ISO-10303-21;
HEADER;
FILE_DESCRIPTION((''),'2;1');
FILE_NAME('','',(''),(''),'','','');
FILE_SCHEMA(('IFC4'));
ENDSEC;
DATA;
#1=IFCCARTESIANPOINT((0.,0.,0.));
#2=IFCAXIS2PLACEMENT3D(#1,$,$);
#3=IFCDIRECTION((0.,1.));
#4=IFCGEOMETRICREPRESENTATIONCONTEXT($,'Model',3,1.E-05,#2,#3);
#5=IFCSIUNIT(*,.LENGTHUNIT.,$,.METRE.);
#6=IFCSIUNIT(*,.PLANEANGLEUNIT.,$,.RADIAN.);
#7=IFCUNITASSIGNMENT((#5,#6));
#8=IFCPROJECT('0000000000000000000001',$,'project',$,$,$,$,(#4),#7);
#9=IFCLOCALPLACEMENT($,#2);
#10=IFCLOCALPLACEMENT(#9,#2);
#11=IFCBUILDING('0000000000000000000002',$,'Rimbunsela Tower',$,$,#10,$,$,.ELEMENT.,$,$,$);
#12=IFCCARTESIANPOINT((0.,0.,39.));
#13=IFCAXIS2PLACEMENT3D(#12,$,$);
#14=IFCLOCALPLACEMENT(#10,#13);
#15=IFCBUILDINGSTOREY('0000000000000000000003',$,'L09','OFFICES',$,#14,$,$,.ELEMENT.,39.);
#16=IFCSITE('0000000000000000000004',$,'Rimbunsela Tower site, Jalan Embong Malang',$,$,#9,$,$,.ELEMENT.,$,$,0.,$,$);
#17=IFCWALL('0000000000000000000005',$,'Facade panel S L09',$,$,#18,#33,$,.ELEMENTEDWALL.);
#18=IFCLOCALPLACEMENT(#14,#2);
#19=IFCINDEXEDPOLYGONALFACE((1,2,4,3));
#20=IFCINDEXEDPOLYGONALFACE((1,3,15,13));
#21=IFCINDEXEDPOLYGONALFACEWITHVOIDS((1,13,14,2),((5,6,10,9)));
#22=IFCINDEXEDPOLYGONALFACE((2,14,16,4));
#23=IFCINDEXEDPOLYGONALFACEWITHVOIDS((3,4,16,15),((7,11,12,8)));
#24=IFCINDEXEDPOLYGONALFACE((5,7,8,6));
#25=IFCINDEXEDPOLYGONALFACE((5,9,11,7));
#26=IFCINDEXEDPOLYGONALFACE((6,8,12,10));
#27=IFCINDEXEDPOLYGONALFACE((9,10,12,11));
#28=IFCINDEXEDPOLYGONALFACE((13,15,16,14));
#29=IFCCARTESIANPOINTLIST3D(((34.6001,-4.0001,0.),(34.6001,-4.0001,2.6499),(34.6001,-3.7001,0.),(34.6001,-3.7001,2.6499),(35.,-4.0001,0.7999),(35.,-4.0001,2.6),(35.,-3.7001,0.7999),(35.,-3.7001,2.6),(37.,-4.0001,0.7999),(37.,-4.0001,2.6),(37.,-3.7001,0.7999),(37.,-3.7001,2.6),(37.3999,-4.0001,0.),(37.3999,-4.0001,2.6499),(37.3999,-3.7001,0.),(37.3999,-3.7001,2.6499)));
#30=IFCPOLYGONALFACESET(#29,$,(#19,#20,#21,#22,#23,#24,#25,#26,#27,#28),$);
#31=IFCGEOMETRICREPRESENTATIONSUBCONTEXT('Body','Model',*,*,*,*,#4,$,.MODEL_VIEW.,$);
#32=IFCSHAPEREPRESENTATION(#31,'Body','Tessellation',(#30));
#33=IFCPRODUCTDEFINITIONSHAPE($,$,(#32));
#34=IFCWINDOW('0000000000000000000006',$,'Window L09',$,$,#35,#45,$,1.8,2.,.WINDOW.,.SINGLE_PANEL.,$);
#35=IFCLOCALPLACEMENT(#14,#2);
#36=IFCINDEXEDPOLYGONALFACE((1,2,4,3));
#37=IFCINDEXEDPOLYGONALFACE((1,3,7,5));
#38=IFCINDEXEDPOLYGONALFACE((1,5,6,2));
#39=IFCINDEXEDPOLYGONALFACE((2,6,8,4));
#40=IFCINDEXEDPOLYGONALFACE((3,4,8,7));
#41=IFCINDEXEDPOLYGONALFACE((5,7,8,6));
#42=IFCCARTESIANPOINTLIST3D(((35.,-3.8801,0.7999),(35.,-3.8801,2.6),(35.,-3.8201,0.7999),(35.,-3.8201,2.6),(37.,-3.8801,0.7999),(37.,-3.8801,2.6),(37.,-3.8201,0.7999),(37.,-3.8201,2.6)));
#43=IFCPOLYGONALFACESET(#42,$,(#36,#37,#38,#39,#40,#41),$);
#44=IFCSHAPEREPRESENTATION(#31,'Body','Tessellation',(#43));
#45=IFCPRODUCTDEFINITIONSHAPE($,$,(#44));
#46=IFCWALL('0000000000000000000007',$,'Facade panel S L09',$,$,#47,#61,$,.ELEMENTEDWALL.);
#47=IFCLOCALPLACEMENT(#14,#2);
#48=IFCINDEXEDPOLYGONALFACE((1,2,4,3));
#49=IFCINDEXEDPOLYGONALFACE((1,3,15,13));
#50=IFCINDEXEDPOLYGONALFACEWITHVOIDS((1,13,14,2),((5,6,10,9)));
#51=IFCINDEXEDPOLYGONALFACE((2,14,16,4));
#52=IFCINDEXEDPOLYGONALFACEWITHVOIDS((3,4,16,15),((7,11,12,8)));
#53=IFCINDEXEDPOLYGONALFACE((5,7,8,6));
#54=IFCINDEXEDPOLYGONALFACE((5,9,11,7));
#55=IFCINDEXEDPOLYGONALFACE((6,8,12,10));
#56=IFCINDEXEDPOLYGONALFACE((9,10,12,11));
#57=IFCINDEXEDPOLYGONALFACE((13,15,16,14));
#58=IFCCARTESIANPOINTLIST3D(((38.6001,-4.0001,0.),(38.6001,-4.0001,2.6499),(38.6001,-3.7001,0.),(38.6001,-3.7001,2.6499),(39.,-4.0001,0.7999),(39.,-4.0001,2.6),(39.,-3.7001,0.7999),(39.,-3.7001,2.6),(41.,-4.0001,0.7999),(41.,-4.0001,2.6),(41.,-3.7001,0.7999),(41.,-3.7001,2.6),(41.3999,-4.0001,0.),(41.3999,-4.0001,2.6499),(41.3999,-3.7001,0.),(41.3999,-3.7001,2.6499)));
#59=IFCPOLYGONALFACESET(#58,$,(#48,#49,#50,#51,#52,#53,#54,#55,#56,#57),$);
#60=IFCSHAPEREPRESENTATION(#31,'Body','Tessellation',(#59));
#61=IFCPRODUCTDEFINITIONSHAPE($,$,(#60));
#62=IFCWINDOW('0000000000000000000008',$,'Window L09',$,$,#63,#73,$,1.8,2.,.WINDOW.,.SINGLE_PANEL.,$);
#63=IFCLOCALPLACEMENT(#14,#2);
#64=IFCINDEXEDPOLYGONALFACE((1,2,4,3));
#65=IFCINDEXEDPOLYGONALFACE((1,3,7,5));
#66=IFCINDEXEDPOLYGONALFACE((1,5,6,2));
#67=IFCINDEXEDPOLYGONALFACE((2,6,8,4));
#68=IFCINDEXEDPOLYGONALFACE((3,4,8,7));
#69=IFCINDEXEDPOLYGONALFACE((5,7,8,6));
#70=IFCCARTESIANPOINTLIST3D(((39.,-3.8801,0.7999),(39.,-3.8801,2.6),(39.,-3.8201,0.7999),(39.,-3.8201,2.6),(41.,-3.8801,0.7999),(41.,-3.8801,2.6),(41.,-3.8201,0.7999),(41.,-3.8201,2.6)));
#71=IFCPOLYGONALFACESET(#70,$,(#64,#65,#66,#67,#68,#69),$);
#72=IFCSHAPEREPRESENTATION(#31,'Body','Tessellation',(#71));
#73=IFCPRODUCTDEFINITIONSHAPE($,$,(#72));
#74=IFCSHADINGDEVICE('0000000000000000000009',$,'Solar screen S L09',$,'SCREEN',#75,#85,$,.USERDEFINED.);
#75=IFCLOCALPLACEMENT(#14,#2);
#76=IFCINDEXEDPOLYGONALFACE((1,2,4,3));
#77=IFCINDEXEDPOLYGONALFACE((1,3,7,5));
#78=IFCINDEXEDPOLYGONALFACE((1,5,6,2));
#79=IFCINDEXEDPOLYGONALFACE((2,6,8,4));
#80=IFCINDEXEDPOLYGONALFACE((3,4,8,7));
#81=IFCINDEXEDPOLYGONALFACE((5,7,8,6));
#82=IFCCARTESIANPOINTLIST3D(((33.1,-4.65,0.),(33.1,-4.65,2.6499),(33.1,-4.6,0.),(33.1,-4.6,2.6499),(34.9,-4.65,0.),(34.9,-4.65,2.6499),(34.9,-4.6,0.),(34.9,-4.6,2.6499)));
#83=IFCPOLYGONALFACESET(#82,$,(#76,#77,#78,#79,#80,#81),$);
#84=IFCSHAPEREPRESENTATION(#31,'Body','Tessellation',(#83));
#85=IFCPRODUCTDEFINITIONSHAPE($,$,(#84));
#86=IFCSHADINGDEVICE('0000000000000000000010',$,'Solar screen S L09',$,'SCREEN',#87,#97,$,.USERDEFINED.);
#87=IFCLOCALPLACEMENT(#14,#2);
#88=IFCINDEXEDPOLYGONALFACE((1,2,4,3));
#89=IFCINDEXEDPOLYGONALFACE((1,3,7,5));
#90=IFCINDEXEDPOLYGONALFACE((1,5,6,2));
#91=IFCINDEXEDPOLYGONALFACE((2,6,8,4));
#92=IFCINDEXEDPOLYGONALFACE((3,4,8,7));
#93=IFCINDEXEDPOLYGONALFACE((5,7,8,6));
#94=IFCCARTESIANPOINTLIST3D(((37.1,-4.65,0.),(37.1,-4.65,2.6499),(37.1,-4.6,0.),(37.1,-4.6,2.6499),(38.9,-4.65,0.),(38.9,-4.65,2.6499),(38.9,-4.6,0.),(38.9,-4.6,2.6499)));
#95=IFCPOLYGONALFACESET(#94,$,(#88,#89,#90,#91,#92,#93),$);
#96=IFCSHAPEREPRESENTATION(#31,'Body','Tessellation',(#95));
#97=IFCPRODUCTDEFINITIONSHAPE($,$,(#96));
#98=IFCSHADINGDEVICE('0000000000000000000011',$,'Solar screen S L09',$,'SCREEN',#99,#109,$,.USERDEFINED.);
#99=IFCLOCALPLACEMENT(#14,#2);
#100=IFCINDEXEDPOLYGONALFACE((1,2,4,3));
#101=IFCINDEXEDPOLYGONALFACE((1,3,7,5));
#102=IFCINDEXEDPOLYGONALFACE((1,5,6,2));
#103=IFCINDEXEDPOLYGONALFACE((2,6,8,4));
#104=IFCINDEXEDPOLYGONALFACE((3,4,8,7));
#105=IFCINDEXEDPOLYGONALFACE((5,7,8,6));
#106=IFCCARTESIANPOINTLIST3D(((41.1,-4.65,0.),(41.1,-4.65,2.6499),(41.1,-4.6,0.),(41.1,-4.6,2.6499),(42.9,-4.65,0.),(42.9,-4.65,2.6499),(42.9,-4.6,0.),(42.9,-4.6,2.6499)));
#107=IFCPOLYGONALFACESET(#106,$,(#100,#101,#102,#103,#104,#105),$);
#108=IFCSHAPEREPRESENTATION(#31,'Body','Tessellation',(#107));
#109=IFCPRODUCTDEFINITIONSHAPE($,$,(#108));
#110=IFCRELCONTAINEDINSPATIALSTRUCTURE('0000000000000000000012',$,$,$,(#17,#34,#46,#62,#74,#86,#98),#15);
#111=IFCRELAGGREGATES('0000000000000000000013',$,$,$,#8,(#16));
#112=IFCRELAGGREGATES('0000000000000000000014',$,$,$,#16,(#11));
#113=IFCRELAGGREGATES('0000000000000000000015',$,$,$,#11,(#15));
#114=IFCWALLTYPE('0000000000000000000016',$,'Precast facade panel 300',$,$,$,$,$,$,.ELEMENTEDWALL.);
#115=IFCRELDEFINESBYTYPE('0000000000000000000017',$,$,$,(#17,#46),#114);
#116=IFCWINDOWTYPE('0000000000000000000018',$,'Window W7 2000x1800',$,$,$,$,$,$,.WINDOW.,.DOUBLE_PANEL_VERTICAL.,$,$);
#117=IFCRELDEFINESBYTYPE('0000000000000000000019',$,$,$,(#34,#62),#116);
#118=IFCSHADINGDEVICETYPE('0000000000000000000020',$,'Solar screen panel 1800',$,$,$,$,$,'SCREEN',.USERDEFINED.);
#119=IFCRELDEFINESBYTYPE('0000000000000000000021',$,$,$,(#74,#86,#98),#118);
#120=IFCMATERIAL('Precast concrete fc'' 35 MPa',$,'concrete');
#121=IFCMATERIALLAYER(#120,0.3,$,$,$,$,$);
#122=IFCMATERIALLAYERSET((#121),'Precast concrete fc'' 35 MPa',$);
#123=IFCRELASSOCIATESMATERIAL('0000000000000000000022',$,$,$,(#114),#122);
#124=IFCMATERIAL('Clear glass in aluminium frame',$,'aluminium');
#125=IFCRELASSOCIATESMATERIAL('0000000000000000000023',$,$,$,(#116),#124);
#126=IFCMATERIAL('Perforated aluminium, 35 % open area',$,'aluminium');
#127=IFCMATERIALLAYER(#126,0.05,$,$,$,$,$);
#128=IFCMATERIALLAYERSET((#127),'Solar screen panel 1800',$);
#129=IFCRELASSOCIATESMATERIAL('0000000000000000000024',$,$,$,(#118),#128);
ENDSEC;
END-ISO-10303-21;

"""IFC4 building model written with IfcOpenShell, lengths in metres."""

from ifc_helpers import new_model, si_unit, direction, frame, frame_2d, origin, origin_2d, place, context, subcontext, project, spatial, rectangle, extrude, material, layer, layer_set, type_object, element, fill, save


model = new_model("IFC4")

# Units and contexts
model_context = context("Model", 3, precision=1e-05, world=origin(), true_north=direction((0.0, 1.0)))
body_context = subcontext(model_context, "Body", "Model", "MODEL_VIEW")
ifc_project = project(units=[si_unit("LENGTHUNIT", "METRE"), si_unit("PLANEANGLEUNIT", "RADIAN")], contexts=[model_context])

# Site, building, storey
site_placement = place(None, origin())
site = spatial("IfcSite", under=ifc_project, at=site_placement, Name="Rimbunsela Tower site, Jalan Embong Malang", CompositionType="ELEMENT", RefElevation=0.0)
building_placement = place(site_placement, origin())
building = spatial("IfcBuilding", under=site, at=building_placement, Name="Rimbunsela Tower", CompositionType="ELEMENT")
storey_placement = place(building_placement, frame((0.0, 0.0, 39.0)))
storey = spatial("IfcBuildingStorey", under=building, at=storey_placement, Name="L09", Description="OFFICES", CompositionType="ELEMENT", Elevation=39.0)

# Walls, openings, windows
ifc_material_1 = material(Name="Precast concrete fc' 35 MPa", Category="concrete")
ifc_layer_1 = layer(ifc_material_1, 0.3)
ifc_layer_set_1 = layer_set([ifc_layer_1], Name="Precast concrete fc' 35 MPa")
wall_type_1 = type_object("IfcWallType", Name="Precast facade panel 300", PredefinedType="ELEMENTEDWALL", material=ifc_layer_set_1)
wall_1_placement = place(storey_placement, frame((34.6001, -3.8501, 0.0), z_axis=(0.0, 0.0, 1.0), x_axis=(1.0, 0.0, 0.0)))
wall_1 = element("IfcWall", 1, at=wall_1_placement, inside=storey, type_object=wall_type_1, Name="Facade panel S L09", PredefinedType="ELEMENTEDWALL", context=body_context, shape_type="SweptSolid", body=[
    extrude(rectangle(XDim=2.7998, YDim=0.3, at=frame_2d((1.3999, 0.0))), origin(), (0.0, 0.0, 1.0), 2.6499),
])
opening_1_placement = place(wall_1_placement, frame((0.3999, 0.0, 0.8)))
opening_1 = element("IfcOpeningElement", 2, at=opening_1_placement, cuts=wall_1, PredefinedType="OPENING", context=body_context, shape_type="SweptSolid", body=[
    extrude(rectangle(XDim=2.0, YDim=1.8, at=frame_2d((1.0, 0.8999))), frame((0.0, 0.1599, 0.0), z_axis=(0.0, -1.0, 0.0), x_axis=(1.0, 0.0, 0.0)), (0.0, 0.0, 1.0), 0.3201),
])
ifc_material_2 = material(Name="Clear glass in aluminium frame", Category="aluminium")
window_type = type_object("IfcWindowType", Name="Window W7 2000x1800", PartitioningType="DOUBLE_PANEL_VERTICAL", PredefinedType="WINDOW", material=ifc_material_2)
window_1_placement = place(opening_1_placement, origin())
window_1 = element("IfcWindow", 3, at=window_1_placement, inside=storey, type_object=window_type, Name="Window L09", OverallHeight=1.8, OverallWidth=2.0, PartitioningType="SINGLE_PANEL", PredefinedType="WINDOW", context=body_context, shape_type="SweptSolid", body=[
    extrude(rectangle(XDim=2.0, YDim=1.8, at=frame_2d((1.0, 0.8999))), frame((0.0, 0.03, 0.0), z_axis=(0.0, -1.0, 0.0), x_axis=(1.0, 0.0, 0.0)), (0.0, 0.0, 1.0), 0.0601),
])
fill(opening_1, window_1)
wall_2_placement = place(storey_placement, frame((38.6001, -3.8501, 0.0), z_axis=(0.0, 0.0, 1.0), x_axis=(1.0, 0.0, 0.0)))
wall_2 = element("IfcWall", 4, at=wall_2_placement, inside=storey, type_object=wall_type_1, Name="Facade panel S L09", PredefinedType="ELEMENTEDWALL", context=body_context, shape_type="SweptSolid", body=[
    extrude(rectangle(XDim=2.7998, YDim=0.3, at=frame_2d((1.3999, 0.0))), origin(), (0.0, 0.0, 1.0), 2.6499),
])
opening_2_placement = place(wall_2_placement, frame((0.3999, 0.0, 0.8)))
opening_2 = element("IfcOpeningElement", 5, at=opening_2_placement, cuts=wall_2, PredefinedType="OPENING", context=body_context, shape_type="SweptSolid", body=[
    extrude(rectangle(XDim=2.0, YDim=1.8, at=frame_2d((1.0, 0.8999))), frame((0.0, 0.1599, 0.0), z_axis=(0.0, -1.0, 0.0), x_axis=(1.0, 0.0, 0.0)), (0.0, 0.0, 1.0), 0.3201),
])
window_2_placement = place(opening_2_placement, origin())
window_2 = element("IfcWindow", 6, at=window_2_placement, inside=storey, type_object=window_type, Name="Window L09", OverallHeight=1.8, OverallWidth=2.0, PartitioningType="SINGLE_PANEL", PredefinedType="WINDOW", context=body_context, shape_type="SweptSolid", body=[
    extrude(rectangle(XDim=2.0, YDim=1.8, at=frame_2d((1.0, 0.8999))), frame((0.0, 0.03, 0.0), z_axis=(0.0, -1.0, 0.0), x_axis=(1.0, 0.0, 0.0)), (0.0, 0.0, 1.0), 0.0601),
])
fill(opening_2, window_2)

# Shading devices
ifc_material_3 = material(Name="Perforated aluminium, 35 % open area", Category="aluminium")
ifc_layer_2 = layer(ifc_material_3, 0.05)
ifc_layer_set_2 = layer_set([ifc_layer_2], Name="Solar screen panel 1800")
shading_device_type = type_object("IfcShadingDeviceType", Name="Solar screen panel 1800", ElementType="SCREEN", PredefinedType="USERDEFINED", material=ifc_layer_set_2)
for number, where, z_axis, x_axis, name in (
    (7, (34.0, -4.625, 0.0), (0.0, 0.0, 1.0), (1.0, 0.0, 0.0), "Solar screen S L09"),
    (8, (38.0, -4.625, 0.0), (0.0, 0.0, 1.0), (1.0, 0.0, 0.0), "Solar screen S L09"),
    (9, (42.0, -4.625, 0.0), (0.0, 0.0, 1.0), (1.0, 0.0, 0.0), "Solar screen S L09"),
):
    element("IfcShadingDevice", number, at=place(storey_placement, frame(where, z_axis=z_axis, x_axis=x_axis)), inside=storey, type_object=shading_device_type, Name=name, ObjectType="SCREEN", PredefinedType="USERDEFINED", context=body_context, shape_type="SweptSolid", body=[
        extrude(rectangle(XDim=1.8, YDim=0.05, at=origin_2d()), origin(), (0.0, 0.0, 1.0), 2.6499),
    ])

save(model, "model.ifc")
